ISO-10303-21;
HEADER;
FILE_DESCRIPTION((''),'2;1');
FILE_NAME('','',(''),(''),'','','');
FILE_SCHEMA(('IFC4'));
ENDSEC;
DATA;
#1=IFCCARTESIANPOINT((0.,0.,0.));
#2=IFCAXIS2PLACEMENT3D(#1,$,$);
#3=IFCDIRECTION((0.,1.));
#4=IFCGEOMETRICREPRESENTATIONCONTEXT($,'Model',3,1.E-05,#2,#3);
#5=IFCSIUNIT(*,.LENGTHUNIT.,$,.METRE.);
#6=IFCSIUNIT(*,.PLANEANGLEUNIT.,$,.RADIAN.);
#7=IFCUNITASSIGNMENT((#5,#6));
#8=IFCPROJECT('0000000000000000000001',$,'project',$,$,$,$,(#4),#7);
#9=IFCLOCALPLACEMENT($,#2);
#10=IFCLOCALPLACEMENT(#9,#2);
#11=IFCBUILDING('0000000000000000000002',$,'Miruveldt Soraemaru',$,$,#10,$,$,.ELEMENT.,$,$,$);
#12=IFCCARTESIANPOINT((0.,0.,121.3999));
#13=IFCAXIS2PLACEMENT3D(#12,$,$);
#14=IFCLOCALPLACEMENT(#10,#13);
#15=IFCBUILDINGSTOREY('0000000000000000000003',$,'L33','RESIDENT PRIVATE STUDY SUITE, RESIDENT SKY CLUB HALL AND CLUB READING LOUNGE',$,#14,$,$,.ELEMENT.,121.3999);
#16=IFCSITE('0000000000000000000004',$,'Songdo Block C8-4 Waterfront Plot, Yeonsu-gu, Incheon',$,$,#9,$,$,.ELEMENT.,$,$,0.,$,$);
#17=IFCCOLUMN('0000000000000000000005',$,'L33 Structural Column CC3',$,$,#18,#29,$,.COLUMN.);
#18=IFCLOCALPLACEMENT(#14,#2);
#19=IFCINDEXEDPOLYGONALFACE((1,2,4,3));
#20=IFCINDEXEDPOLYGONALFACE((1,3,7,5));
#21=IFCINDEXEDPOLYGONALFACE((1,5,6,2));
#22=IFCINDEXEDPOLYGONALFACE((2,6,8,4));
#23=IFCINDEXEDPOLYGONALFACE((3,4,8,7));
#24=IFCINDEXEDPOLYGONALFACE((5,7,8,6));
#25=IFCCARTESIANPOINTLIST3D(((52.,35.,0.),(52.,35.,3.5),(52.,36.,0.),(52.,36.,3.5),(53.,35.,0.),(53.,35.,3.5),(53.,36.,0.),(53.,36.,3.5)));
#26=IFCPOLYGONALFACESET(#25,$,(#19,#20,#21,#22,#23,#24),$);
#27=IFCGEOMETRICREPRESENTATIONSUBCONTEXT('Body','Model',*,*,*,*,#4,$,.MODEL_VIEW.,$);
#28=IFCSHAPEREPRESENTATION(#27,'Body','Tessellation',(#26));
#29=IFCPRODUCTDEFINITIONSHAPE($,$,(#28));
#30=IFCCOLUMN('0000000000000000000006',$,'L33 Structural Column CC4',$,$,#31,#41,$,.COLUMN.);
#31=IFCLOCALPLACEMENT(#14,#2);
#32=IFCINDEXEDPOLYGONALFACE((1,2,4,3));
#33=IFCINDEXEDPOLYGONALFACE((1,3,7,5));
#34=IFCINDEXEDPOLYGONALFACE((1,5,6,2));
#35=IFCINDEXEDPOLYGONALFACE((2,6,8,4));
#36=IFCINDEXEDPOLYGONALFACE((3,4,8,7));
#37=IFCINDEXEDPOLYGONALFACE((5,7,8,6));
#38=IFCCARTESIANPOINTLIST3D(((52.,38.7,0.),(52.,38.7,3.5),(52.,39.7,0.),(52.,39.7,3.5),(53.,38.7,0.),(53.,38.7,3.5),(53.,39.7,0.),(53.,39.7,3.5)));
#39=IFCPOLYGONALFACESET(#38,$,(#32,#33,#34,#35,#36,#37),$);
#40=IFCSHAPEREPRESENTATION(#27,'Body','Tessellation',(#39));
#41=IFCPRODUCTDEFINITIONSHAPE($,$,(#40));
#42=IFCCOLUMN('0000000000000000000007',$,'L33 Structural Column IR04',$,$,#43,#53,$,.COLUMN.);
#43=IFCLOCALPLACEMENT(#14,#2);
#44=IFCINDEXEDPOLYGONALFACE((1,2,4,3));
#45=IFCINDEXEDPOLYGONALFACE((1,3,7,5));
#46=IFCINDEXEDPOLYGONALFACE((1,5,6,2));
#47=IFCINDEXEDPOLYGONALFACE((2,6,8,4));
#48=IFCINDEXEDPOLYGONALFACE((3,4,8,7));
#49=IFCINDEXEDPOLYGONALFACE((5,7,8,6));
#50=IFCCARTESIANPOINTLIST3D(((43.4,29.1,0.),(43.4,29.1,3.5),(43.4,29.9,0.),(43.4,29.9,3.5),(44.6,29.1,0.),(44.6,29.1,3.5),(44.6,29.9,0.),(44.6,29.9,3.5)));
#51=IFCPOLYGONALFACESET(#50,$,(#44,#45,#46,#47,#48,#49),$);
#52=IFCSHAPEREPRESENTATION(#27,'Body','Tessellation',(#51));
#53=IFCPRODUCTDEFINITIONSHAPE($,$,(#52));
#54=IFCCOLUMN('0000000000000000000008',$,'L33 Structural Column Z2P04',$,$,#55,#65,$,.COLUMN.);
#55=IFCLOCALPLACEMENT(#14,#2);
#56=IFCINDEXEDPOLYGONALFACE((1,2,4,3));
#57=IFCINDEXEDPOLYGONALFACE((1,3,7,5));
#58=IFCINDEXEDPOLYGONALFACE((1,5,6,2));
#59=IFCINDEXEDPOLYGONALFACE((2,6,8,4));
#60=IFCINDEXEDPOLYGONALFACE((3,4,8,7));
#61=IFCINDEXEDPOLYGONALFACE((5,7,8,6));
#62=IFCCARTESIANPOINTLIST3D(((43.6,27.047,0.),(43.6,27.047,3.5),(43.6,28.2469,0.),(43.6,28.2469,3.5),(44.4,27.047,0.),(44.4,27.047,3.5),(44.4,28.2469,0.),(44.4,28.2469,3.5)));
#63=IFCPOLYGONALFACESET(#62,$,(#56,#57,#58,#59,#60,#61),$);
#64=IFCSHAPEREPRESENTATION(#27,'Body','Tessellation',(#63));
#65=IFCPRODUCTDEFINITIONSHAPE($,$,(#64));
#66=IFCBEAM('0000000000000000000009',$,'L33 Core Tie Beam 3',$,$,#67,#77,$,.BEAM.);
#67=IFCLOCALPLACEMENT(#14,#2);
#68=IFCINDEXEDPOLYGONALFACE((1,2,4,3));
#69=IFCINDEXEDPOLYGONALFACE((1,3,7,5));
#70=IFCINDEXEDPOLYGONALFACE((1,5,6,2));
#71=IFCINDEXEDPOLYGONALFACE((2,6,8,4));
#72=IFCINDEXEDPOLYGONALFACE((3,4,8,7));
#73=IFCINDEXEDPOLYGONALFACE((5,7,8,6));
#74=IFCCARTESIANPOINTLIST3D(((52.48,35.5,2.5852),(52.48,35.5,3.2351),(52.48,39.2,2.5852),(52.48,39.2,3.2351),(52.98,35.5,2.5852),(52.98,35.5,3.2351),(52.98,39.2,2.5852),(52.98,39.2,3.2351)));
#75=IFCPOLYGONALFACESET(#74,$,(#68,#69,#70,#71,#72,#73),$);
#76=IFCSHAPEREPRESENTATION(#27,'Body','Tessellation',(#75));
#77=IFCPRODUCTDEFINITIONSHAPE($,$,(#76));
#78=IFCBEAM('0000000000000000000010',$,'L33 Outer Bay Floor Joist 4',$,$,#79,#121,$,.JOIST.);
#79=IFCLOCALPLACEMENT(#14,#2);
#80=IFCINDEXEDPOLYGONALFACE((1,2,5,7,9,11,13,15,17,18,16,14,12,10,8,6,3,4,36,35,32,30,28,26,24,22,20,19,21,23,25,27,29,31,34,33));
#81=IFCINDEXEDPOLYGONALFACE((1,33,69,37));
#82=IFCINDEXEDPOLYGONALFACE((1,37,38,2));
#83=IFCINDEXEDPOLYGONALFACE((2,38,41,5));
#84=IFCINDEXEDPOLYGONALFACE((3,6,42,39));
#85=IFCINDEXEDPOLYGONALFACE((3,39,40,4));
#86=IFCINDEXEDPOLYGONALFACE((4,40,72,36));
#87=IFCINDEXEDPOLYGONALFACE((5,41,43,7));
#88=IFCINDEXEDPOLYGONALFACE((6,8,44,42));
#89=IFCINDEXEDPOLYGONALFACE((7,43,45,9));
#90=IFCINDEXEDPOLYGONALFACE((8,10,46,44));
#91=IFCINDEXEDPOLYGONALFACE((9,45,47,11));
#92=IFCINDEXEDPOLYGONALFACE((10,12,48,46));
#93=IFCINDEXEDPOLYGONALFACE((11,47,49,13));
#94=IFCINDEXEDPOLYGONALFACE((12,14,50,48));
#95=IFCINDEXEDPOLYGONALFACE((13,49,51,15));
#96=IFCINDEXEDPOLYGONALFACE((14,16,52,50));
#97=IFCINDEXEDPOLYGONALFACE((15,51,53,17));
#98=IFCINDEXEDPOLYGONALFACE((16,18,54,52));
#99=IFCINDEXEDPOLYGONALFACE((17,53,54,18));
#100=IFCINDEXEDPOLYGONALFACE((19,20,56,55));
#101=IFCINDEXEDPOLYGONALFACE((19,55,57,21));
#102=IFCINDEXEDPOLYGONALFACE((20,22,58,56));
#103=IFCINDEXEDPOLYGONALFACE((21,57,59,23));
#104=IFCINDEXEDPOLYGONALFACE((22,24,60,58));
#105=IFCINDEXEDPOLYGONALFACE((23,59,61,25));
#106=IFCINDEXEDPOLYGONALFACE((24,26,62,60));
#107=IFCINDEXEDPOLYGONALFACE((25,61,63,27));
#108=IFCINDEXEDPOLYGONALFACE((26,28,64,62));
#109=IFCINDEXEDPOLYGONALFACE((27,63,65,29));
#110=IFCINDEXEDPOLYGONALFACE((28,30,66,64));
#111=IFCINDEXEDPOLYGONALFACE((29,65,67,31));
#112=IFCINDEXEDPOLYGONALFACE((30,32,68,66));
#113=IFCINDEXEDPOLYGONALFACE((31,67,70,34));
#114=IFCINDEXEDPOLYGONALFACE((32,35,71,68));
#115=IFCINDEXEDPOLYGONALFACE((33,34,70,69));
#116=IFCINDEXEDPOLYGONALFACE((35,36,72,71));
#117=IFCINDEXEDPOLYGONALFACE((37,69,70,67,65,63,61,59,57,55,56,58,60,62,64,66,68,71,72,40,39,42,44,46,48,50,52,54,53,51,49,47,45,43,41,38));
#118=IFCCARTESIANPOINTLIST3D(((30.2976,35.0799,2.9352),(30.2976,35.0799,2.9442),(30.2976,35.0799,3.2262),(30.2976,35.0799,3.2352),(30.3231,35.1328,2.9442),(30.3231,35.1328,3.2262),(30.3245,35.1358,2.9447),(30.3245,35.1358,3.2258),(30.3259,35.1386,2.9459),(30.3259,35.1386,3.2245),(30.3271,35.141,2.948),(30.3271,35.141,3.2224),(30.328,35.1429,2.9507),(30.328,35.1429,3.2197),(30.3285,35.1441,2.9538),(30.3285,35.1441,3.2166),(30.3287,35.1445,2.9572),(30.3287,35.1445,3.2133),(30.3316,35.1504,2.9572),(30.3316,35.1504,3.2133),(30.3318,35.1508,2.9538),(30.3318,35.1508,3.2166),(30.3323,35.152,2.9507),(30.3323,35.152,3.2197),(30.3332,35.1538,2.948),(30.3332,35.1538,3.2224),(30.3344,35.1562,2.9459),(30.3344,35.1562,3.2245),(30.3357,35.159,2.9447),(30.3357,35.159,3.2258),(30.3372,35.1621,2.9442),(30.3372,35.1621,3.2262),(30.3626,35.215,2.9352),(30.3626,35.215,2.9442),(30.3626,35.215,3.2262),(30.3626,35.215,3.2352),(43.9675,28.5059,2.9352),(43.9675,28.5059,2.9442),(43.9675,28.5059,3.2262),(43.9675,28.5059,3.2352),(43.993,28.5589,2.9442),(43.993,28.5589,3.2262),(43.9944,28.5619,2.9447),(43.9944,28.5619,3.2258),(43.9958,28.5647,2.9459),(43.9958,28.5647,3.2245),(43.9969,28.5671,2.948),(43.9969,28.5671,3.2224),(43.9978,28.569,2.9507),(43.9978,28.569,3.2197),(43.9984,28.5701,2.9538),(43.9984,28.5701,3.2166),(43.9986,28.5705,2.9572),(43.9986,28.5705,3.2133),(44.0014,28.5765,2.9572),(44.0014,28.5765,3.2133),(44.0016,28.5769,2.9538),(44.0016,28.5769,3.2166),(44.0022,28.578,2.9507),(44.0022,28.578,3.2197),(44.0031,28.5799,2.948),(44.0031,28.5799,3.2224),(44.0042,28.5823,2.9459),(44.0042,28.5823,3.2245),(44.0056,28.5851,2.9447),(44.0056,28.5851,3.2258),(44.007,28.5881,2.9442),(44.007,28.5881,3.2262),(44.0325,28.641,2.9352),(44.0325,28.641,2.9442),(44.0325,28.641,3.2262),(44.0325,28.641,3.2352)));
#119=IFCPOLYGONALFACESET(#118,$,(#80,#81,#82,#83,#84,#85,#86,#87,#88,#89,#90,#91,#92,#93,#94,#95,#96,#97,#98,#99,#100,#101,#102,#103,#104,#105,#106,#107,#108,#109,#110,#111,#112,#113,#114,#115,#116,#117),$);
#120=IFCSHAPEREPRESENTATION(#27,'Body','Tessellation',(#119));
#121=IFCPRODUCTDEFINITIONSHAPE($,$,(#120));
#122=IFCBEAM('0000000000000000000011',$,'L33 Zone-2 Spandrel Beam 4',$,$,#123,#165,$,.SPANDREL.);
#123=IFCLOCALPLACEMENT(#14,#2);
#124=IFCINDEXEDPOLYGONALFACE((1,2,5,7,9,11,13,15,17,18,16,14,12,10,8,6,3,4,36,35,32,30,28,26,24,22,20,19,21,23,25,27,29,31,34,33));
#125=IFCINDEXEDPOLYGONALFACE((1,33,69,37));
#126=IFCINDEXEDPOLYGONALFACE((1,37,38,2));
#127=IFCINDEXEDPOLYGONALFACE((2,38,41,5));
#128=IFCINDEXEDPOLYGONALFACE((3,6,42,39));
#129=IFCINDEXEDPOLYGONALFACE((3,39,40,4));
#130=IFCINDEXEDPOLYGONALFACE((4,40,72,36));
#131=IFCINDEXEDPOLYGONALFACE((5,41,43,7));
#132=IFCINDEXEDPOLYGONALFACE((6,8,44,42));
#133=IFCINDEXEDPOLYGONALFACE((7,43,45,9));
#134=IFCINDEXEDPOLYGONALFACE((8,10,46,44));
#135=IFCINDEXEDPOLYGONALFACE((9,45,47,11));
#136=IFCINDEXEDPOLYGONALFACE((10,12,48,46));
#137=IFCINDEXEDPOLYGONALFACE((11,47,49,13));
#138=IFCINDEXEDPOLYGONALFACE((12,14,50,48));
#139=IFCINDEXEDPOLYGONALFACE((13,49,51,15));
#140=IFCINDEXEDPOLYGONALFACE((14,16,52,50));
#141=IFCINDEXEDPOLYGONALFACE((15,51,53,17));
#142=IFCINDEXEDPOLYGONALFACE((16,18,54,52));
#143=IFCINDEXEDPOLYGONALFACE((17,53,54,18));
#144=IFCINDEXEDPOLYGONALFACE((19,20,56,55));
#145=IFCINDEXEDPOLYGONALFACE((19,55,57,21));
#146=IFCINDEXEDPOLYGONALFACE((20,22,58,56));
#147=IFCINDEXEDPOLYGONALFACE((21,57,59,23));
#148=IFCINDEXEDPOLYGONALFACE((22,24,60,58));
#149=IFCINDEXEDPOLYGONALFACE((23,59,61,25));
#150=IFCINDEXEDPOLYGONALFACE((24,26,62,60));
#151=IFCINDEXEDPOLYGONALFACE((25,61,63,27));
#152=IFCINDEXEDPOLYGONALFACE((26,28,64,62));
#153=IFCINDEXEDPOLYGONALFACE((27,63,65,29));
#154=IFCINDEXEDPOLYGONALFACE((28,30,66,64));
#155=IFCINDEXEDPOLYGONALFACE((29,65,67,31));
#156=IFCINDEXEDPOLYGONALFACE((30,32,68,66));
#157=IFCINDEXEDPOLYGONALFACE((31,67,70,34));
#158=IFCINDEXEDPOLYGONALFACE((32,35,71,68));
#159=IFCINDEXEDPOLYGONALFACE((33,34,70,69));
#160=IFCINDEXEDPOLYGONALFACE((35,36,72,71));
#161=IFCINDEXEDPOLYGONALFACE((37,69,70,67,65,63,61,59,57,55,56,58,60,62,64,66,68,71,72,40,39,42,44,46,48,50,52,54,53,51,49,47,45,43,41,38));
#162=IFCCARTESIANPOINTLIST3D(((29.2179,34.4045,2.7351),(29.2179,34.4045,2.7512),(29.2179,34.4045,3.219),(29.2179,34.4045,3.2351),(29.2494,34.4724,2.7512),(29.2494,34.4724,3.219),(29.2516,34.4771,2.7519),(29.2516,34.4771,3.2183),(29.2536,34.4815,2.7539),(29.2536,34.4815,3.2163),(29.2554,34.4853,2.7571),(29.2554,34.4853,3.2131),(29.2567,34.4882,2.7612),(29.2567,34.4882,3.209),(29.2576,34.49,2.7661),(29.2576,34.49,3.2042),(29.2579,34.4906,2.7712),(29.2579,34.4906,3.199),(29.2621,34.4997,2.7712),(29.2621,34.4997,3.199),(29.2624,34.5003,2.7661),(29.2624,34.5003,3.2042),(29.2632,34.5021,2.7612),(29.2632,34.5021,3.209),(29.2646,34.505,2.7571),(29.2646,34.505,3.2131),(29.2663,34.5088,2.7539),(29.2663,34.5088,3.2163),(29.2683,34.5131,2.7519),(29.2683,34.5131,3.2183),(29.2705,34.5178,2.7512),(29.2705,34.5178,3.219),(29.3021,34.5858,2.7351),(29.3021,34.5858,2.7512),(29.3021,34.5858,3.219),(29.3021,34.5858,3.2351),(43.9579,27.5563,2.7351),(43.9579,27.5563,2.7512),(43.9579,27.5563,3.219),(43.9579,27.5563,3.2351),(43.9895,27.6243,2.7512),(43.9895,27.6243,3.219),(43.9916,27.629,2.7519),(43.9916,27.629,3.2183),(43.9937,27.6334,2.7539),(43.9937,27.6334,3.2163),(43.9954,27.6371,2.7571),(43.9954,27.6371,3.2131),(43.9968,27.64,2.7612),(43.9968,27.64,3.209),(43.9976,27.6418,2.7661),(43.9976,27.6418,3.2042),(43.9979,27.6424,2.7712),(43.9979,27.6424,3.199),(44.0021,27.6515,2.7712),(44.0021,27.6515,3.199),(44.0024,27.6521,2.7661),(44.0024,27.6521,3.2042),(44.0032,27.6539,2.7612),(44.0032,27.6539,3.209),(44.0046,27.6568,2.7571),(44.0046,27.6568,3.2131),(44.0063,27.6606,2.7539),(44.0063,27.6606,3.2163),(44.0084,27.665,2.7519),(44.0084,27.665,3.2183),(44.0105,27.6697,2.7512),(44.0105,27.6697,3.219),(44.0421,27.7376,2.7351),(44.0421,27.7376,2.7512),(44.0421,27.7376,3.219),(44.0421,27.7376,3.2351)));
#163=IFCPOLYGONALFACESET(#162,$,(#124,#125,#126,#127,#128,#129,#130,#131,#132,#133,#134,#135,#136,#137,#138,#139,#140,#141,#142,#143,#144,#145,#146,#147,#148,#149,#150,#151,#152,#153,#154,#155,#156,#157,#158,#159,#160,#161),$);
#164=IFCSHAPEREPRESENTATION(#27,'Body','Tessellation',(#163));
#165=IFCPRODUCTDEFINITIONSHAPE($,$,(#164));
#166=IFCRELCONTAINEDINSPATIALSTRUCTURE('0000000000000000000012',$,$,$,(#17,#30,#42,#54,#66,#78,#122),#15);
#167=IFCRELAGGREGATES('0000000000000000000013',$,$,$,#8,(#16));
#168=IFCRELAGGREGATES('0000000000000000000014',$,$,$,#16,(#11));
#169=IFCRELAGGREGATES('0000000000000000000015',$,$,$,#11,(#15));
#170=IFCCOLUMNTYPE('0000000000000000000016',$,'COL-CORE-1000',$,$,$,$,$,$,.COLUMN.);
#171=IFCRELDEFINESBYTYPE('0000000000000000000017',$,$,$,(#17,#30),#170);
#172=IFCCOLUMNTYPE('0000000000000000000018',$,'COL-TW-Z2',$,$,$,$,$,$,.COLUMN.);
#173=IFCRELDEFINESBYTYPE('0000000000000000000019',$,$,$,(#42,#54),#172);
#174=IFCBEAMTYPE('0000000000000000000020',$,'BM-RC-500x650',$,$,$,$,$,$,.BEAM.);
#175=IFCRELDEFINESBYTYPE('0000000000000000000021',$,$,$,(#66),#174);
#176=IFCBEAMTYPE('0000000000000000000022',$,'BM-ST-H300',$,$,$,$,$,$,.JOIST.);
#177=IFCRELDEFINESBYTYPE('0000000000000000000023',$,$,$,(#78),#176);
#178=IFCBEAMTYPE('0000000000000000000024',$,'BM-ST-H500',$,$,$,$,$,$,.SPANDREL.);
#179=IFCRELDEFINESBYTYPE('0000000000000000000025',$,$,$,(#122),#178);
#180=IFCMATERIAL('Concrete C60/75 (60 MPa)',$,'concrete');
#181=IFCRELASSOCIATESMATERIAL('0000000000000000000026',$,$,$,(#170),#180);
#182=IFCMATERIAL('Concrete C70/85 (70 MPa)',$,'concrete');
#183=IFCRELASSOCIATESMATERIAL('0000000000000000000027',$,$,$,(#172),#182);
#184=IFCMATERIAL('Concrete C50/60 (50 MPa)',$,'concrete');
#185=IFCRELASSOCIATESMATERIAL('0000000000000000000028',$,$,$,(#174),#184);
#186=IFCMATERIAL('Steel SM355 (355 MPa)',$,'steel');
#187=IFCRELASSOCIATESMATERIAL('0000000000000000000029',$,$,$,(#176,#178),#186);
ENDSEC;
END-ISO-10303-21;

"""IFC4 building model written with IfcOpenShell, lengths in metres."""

from ifc_helpers import new_model, si_unit, direction, frame, origin, origin_2d, place, context, subcontext, project, spatial, rectangle, i_section, extrude, material, material_profile, profile_set, type_object, element, save


model = new_model("IFC4")

# Units and contexts
model_context = context("Model", 3, precision=1e-05, world=origin(), true_north=direction((0.0, 1.0)))
body_context = subcontext(model_context, "Body", "Model", "MODEL_VIEW")
ifc_project = project(units=[si_unit("LENGTHUNIT", "METRE"), si_unit("PLANEANGLEUNIT", "RADIAN")], contexts=[model_context])

# Site, building, storey
site_placement = place(None, origin())
site = spatial("IfcSite", under=ifc_project, at=site_placement, Name="Songdo Block C8-4 Waterfront Plot, Yeonsu-gu, Incheon", CompositionType="ELEMENT", RefElevation=0.0)
building_placement = place(site_placement, origin())
building = spatial("IfcBuilding", under=site, at=building_placement, Name="Miruveldt Soraemaru", CompositionType="ELEMENT")
storey_placement = place(building_placement, frame((0.0, 0.0, 121.3999)))
storey = spatial("IfcBuildingStorey", under=building, at=storey_placement, Name="L33", Description="RESIDENT PRIVATE STUDY SUITE, RESIDENT SKY CLUB HALL AND CLUB READING LOUNGE", CompositionType="ELEMENT", Elevation=121.3999)

# Columns
ifc_material_1 = material(Name="Concrete C60/75 (60 MPa)", Category="concrete")
ifc_material_profile_1 = material_profile(ifc_material_1, rectangle(XDim=1.0, YDim=1.0, at=origin_2d()), Name="Concrete C60/75 (60 MPa)", Category="concrete")
ifc_profile_set_1 = profile_set([ifc_material_profile_1], Name="Concrete C60/75 (60 MPa)")
column_type_1 = type_object("IfcColumnType", Name="COL-CORE-1000", PredefinedType="COLUMN", material=ifc_profile_set_1)
for number, where, z_axis, x_axis, name in (
    (1, (52.5, 35.5, 0.0), (0.0, 0.0, 1.0), (1.0, 0.0, 0.0), "L33 Structural Column CC3"),
    (2, (52.5, 39.2, 0.0), (0.0, 0.0, 1.0), (1.0, 0.0, 0.0), "L33 Structural Column CC4"),
):
    element("IfcColumn", number, at=place(storey_placement, frame(where, z_axis=z_axis, x_axis=x_axis)), inside=storey, type_object=column_type_1, Name=name, PredefinedType="COLUMN", context=body_context, shape_type="SweptSolid", body=[
        extrude(rectangle(XDim=1.0, YDim=1.0, at=origin_2d()), origin(), (0.0, 0.0, 1.0), 3.5),
    ])
ifc_material_2 = material(Name="Concrete C70/85 (70 MPa)", Category="concrete")
ifc_material_profile_2 = material_profile(ifc_material_2, rectangle(XDim=1.2, YDim=0.8, at=origin_2d()), Name="Concrete C70/85 (70 MPa)", Category="concrete")
ifc_profile_set_2 = profile_set([ifc_material_profile_2], Name="Concrete C70/85 (70 MPa)")
column_type_2 = type_object("IfcColumnType", Name="COL-TW-Z2", PredefinedType="COLUMN", material=ifc_profile_set_2)
for number, where, z_axis, x_axis, name in (
    (3, (44.0, 29.5, 0.0), (0.0, 0.0, 1.0), (1.0, 0.0, 0.0), "L33 Structural Column IR04"),
    (4, (44.0, 27.647, 0.0), (0.0, 0.0, 1.0), (0.0, 1.0, 0.0), "L33 Structural Column Z2P04"),
):
    element("IfcColumn", number, at=place(storey_placement, frame(where, z_axis=z_axis, x_axis=x_axis)), inside=storey, type_object=column_type_2, Name=name, PredefinedType="COLUMN", context=body_context, shape_type="SweptSolid", body=[
        extrude(rectangle(XDim=1.2, YDim=0.8, at=origin_2d()), origin(), (0.0, 0.0, 1.0), 3.5),
    ])

# Beams
ifc_material_3 = material(Name="Concrete C50/60 (50 MPa)", Category="concrete")
ifc_material_profile_3 = material_profile(ifc_material_3, rectangle(XDim=0.5, YDim=0.6499, at=origin_2d()), Name="Concrete C50/60 (50 MPa)", Category="concrete")
ifc_profile_set_3 = profile_set([ifc_material_profile_3], Name="Concrete C50/60 (50 MPa)")
beam_type_1 = type_object("IfcBeamType", Name="BM-RC-500x650", PredefinedType="BEAM", material=ifc_profile_set_3)
beam_1_placement = place(storey_placement, frame((52.73, 35.5, 2.9102), z_axis=(0.0, 1.0, 0.0), x_axis=(-1.0, 0.0, 0.0)))
element("IfcBeam", 5, at=beam_1_placement, inside=storey, type_object=beam_type_1, Name="L33 Core Tie Beam 3", PredefinedType="BEAM", context=body_context, shape_type="SweptSolid", body=[
    extrude(rectangle(XDim=0.5, YDim=0.6499, at=origin_2d()), origin(), (0.0, 0.0, 1.0), 3.7),
])
ifc_material_4 = material(Name="Steel SM355 (355 MPa)", Category="steel")
ifc_material_profile_4 = material_profile(ifc_material_4, i_section(OverallWidth=0.1499, OverallDepth=0.3, WebThickness=0.0066, FlangeThickness=0.009, FilletRadius=0.0129, at=origin_2d()), Name="Steel SM355 (355 MPa)", Category="steel")
ifc_profile_set_4 = profile_set([ifc_material_profile_4], Name="Steel SM355 (355 MPa)")
beam_type_2 = type_object("IfcBeamType", Name="BM-ST-H300", PredefinedType="JOIST", material=ifc_profile_set_4)
beam_2_placement = place(storey_placement, frame((44.0, 28.5735, 3.0852), z_axis=(-0.901204, 0.433396, 0.0), x_axis=(-0.433396, -0.901204, 0.0)))
element("IfcBeam", 6, at=beam_2_placement, inside=storey, type_object=beam_type_2, Name="L33 Outer Bay Floor Joist 4", PredefinedType="JOIST", context=body_context, shape_type="SweptSolid", body=[
    extrude(i_section(OverallWidth=0.1499, OverallDepth=0.3, WebThickness=0.0066, FlangeThickness=0.009, FilletRadius=0.0129, at=origin_2d()), origin(), (0.0, 0.0, 1.0), 15.1685),
])
ifc_material_profile_5 = material_profile(ifc_material_4, i_section(OverallWidth=0.2, OverallDepth=0.5, WebThickness=0.01, FlangeThickness=0.0161, FilletRadius=0.02, at=origin_2d()), Name="Steel SM355 (355 MPa)", Category="steel")
ifc_profile_set_5 = profile_set([ifc_material_profile_5], Name="Steel SM355 (355 MPa)")
beam_type_3 = type_object("IfcBeamType", Name="BM-ST-H500", PredefinedType="SPANDREL", material=ifc_profile_set_5)
beam_3_placement = place(storey_placement, frame((44.0, 27.647, 2.9851), z_axis=(-0.906901, 0.421343, 0.0), x_axis=(-0.421343, -0.906901, 0.0)))
element("IfcBeam", 7, at=beam_3_placement, inside=storey, type_object=beam_type_3, Name="L33 Zone-2 Spandrel Beam 4", PredefinedType="SPANDREL", context=body_context, shape_type="SweptSolid", body=[
    extrude(i_section(OverallWidth=0.2, OverallDepth=0.5, WebThickness=0.01, FlangeThickness=0.0161, FilletRadius=0.02, at=origin_2d()), origin(), (0.0, 0.0, 1.0), 16.2532),
])

save(model, "model.ifc")
